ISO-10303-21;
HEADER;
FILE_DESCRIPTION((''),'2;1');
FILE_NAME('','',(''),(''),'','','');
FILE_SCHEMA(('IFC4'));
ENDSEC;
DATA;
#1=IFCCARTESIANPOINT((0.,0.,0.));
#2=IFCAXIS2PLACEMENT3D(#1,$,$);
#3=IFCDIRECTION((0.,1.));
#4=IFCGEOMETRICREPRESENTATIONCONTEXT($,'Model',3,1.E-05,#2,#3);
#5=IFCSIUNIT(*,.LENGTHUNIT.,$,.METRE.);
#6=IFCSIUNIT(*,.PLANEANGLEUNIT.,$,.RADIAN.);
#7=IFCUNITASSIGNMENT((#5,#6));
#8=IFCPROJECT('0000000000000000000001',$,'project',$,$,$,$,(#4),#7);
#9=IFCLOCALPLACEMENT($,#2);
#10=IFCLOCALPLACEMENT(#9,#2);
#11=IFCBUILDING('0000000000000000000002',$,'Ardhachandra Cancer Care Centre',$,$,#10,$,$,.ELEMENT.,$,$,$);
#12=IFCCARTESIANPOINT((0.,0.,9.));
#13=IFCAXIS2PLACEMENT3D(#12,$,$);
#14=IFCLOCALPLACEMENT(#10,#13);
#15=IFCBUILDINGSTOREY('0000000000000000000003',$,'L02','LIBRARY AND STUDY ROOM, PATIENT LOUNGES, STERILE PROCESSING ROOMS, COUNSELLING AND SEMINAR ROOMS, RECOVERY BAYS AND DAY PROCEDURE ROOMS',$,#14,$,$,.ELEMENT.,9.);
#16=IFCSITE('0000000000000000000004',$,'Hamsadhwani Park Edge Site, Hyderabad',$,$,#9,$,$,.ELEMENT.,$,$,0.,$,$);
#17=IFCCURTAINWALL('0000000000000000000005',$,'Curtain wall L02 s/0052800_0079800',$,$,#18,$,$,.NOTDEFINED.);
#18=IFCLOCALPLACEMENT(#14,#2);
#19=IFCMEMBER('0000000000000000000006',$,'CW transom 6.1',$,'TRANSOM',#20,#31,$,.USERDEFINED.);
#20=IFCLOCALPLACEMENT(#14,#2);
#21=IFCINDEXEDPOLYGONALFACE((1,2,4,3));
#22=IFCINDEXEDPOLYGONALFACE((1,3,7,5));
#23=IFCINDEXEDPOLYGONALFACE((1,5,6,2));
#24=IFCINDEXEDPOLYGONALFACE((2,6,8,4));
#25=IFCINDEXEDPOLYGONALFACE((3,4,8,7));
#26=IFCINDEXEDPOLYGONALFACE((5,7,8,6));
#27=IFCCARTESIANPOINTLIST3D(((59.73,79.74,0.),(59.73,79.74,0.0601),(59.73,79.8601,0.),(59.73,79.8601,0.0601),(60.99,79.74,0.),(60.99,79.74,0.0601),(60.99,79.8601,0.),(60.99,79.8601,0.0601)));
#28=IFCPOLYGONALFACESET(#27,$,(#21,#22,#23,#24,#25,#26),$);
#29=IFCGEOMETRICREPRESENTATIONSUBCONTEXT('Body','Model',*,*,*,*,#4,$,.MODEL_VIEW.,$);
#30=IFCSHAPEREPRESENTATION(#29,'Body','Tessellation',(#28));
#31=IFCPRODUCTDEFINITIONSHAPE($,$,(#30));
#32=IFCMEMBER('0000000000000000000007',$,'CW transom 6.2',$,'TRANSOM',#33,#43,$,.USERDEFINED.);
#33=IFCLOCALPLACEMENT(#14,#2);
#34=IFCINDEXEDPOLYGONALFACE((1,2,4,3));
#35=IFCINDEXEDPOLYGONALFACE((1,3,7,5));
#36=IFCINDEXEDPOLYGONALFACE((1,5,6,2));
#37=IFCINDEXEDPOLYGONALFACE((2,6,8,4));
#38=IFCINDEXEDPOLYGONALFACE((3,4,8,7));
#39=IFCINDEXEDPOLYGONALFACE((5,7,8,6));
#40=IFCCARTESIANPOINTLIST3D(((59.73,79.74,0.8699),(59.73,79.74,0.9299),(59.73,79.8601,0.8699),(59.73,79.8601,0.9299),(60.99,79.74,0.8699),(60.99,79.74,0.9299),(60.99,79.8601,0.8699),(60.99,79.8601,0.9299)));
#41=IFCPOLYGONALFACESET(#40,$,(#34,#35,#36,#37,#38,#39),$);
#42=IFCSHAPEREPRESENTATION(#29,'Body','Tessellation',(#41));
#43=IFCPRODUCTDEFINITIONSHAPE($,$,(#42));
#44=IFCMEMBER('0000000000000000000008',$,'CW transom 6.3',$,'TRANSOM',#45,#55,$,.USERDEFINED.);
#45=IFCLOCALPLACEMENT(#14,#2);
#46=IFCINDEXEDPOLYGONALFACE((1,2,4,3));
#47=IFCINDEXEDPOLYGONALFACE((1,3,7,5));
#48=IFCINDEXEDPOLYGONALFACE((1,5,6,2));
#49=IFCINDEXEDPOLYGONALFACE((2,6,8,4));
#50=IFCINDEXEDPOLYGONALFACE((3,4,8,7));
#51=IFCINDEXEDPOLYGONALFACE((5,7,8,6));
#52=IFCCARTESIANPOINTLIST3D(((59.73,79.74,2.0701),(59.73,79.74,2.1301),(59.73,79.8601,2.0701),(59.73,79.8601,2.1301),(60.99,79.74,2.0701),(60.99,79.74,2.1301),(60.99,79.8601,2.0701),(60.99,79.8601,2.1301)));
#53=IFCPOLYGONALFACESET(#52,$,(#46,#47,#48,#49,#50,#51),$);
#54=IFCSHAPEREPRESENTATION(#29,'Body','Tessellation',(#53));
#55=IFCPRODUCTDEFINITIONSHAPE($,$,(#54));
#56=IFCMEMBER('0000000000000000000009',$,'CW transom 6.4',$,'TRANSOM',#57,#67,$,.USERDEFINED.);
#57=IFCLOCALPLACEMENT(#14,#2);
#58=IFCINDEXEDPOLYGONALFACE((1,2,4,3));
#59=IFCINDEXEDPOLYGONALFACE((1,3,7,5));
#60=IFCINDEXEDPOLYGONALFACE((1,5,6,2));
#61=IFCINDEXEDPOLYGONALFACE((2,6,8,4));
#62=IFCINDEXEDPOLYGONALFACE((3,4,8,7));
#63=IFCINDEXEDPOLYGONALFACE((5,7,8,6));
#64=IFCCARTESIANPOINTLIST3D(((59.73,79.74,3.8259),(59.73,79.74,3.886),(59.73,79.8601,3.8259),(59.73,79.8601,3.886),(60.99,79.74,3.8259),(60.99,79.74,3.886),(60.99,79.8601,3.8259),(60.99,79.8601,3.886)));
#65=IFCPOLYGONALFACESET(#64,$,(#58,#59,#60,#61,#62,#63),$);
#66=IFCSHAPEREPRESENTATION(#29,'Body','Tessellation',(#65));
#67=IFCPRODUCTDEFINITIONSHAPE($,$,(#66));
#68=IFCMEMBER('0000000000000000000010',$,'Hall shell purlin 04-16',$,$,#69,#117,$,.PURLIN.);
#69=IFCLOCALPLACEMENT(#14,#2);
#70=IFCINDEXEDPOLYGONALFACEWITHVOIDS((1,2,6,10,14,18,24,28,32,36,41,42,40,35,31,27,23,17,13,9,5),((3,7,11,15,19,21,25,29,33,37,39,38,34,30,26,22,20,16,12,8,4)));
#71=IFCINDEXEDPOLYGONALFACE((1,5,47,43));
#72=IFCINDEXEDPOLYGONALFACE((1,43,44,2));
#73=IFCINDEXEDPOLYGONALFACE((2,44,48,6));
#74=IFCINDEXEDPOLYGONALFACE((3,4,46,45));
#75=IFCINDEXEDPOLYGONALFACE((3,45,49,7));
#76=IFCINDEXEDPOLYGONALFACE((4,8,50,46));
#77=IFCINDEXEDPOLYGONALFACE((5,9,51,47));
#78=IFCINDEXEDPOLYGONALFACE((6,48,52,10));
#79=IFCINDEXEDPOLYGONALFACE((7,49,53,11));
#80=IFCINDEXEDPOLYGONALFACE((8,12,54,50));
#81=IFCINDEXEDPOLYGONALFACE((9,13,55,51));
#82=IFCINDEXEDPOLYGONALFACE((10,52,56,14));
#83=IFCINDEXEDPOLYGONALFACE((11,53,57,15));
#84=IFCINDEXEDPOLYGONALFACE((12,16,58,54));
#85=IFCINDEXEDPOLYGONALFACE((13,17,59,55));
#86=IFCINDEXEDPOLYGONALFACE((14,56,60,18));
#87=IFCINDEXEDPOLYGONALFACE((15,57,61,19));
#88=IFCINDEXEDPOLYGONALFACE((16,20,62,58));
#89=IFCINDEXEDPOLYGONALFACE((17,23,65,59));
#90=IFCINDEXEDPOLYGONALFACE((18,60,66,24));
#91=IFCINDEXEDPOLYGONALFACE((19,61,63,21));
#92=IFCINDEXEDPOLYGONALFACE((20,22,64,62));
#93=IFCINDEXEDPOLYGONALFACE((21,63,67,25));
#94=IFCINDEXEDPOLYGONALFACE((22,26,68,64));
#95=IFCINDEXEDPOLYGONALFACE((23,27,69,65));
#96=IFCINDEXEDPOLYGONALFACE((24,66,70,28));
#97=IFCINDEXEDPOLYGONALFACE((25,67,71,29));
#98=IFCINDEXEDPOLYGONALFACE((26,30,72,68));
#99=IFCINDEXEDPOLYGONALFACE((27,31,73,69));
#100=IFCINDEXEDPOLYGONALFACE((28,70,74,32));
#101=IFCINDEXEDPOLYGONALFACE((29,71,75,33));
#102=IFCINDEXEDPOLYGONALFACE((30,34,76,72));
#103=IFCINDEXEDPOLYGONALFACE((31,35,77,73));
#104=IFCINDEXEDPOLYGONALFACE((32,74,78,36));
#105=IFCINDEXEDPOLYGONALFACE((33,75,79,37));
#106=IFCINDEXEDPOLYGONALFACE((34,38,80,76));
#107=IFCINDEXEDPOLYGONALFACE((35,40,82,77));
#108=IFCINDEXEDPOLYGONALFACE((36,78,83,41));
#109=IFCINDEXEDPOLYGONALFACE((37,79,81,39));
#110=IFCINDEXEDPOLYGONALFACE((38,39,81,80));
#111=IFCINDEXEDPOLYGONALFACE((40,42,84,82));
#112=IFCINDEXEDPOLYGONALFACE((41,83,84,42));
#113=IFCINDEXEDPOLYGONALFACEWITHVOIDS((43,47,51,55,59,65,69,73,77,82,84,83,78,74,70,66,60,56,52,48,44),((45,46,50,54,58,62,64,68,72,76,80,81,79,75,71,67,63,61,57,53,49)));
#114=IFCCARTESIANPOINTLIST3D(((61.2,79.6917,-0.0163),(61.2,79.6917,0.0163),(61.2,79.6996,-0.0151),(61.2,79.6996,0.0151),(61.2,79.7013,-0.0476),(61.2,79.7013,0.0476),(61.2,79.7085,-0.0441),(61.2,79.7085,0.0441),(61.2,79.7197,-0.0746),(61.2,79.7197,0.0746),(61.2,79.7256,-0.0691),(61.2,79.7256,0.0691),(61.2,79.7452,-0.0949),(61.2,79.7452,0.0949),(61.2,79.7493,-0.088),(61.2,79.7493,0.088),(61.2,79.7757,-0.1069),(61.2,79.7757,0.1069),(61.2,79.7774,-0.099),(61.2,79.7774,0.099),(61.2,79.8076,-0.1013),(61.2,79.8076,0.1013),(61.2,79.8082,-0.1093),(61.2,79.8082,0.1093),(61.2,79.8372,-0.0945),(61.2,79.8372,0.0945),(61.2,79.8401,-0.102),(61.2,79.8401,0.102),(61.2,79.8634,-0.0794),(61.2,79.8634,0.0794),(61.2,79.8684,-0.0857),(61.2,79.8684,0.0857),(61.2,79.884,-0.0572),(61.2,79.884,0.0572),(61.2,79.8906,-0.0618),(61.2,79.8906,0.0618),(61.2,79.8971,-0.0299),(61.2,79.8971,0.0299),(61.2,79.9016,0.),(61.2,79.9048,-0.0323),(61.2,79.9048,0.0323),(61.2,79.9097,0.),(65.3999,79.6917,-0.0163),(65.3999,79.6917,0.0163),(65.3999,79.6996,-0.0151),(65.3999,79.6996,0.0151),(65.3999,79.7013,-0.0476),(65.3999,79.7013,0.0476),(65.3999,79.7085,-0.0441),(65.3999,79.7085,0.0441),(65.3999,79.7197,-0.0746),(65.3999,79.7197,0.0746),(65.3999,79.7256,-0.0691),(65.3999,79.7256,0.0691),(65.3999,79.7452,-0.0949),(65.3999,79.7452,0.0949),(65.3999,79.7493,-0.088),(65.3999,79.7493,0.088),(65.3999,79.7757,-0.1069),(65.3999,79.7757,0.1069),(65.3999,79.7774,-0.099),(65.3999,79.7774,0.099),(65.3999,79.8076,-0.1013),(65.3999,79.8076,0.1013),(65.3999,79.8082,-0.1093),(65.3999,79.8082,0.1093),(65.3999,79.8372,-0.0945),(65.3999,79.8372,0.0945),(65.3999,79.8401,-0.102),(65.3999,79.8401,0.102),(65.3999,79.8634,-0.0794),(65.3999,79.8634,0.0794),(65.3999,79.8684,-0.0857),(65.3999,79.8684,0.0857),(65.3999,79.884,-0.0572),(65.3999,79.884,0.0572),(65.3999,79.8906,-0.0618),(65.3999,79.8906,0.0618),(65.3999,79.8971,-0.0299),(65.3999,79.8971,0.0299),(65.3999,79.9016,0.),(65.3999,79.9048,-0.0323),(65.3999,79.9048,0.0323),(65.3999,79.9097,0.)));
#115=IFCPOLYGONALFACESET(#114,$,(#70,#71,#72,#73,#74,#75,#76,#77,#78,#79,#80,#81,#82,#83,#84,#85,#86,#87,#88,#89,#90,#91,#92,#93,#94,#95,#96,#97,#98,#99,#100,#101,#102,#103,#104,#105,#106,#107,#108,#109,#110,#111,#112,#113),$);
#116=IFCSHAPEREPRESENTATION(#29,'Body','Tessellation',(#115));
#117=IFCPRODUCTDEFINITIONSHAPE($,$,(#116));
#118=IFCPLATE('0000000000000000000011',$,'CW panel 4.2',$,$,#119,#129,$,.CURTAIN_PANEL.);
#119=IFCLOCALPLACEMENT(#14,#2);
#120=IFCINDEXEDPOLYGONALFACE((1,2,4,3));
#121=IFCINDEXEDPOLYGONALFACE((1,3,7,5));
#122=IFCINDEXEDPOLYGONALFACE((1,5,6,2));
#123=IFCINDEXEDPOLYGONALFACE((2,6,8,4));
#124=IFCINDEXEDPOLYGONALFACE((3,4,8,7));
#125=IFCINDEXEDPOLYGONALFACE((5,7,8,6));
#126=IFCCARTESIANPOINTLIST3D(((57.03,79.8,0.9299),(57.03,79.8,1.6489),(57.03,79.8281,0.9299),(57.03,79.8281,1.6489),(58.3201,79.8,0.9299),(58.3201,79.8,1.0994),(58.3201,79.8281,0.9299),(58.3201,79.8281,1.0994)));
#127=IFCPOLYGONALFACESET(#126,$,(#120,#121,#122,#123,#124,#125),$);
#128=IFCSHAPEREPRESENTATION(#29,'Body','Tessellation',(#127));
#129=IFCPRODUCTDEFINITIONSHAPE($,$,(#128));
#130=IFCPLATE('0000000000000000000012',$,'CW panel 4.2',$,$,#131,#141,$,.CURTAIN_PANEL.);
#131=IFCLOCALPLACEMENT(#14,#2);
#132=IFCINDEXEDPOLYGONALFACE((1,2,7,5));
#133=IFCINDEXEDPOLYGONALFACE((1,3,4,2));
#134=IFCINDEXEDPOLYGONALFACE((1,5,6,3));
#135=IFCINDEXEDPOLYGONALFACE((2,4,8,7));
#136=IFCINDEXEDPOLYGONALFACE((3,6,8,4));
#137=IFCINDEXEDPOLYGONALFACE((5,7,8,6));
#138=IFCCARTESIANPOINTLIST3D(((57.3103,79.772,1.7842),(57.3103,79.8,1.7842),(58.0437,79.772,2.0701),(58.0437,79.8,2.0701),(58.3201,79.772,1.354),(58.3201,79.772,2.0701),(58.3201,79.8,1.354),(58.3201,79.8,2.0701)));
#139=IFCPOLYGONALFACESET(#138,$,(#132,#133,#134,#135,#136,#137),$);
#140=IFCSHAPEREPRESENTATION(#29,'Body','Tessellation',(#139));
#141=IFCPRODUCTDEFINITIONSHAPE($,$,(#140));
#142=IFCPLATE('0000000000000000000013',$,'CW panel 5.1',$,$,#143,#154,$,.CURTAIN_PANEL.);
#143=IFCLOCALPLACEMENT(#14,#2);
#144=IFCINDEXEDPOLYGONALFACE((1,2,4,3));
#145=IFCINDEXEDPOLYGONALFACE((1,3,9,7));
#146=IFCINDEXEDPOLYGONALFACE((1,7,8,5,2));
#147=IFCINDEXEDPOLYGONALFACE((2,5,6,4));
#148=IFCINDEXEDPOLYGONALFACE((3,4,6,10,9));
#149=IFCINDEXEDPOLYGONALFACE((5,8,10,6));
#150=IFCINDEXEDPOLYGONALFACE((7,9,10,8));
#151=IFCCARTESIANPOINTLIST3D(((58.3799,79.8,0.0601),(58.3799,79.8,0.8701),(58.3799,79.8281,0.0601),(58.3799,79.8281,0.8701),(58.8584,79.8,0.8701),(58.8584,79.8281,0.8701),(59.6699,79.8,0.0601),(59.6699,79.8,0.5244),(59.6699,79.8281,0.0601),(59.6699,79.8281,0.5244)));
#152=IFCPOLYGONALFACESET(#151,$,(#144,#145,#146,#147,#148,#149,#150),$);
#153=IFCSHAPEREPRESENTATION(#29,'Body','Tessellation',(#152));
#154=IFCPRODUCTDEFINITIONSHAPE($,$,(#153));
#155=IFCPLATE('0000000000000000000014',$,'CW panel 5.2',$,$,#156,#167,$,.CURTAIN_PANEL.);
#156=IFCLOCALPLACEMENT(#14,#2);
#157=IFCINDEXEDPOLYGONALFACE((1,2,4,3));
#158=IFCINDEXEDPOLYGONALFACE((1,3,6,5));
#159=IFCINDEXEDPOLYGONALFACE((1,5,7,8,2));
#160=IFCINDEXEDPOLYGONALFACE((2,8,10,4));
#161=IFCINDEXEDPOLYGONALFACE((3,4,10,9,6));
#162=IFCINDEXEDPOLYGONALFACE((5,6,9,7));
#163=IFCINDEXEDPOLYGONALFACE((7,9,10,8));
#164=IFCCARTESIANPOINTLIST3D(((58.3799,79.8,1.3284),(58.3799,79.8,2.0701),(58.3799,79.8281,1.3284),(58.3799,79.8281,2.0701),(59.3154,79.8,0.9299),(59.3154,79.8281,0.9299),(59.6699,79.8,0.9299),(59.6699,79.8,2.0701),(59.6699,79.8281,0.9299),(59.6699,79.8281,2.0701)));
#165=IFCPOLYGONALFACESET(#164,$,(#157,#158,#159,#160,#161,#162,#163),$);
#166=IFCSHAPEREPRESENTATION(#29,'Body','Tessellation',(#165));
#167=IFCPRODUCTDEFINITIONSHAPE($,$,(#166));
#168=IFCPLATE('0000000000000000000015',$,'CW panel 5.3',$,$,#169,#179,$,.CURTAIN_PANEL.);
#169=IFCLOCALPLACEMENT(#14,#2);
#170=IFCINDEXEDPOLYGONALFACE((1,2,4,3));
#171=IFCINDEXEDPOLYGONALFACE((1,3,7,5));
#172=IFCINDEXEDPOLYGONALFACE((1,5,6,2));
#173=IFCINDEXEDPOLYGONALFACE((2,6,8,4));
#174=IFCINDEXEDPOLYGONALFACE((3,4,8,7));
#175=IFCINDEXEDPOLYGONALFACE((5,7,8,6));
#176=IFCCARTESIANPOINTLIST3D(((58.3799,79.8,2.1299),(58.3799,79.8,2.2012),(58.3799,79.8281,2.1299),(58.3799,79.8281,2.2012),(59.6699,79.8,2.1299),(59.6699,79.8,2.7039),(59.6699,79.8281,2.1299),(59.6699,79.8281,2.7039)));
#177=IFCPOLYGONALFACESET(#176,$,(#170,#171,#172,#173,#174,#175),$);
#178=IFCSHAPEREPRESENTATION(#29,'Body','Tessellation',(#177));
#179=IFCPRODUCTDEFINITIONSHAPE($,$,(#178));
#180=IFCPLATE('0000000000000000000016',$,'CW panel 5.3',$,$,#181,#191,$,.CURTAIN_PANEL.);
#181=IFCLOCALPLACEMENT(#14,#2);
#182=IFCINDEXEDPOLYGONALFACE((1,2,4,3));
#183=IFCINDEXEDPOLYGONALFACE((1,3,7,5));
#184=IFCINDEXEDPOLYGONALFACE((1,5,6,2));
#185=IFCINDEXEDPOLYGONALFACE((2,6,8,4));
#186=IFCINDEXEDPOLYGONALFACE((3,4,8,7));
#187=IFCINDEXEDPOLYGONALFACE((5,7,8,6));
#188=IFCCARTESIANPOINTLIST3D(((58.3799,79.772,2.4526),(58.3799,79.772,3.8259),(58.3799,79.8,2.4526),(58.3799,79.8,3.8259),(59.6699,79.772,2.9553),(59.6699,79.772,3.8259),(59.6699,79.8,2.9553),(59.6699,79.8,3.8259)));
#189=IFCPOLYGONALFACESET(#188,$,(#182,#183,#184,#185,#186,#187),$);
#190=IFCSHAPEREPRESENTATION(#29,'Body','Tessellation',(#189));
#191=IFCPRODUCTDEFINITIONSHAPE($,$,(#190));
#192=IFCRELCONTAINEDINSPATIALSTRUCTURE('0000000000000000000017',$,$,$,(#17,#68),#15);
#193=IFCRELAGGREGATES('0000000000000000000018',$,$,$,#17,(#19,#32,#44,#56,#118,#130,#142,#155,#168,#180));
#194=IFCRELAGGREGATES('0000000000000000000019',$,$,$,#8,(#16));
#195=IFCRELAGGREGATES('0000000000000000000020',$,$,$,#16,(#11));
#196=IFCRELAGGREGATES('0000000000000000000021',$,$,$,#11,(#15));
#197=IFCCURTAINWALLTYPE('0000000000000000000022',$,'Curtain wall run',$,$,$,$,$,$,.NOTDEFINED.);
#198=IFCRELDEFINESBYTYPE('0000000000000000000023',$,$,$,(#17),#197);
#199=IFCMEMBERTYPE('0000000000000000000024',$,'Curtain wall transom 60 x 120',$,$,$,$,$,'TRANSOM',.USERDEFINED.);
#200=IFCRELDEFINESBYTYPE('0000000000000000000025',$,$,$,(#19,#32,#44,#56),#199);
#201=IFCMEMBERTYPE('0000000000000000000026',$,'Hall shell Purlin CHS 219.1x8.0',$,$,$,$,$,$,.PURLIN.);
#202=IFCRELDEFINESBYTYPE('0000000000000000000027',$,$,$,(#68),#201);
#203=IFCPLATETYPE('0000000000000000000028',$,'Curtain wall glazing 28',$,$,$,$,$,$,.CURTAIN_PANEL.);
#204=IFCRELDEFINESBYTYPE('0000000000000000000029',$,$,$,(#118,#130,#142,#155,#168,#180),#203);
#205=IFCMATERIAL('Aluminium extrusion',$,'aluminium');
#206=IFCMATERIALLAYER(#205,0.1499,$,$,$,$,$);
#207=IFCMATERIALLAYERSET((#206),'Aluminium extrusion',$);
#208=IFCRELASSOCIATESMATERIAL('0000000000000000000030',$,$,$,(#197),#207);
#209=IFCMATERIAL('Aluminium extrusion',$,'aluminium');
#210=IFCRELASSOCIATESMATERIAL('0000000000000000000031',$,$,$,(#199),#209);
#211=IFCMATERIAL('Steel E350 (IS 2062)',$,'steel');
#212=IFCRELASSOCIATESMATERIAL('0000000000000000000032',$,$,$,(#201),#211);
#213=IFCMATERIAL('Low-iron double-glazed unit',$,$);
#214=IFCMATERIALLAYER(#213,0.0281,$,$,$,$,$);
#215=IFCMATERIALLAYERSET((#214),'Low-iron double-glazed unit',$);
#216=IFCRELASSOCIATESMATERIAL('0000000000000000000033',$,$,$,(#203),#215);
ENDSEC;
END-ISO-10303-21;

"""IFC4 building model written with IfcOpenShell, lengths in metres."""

from ifc_helpers import new_model, si_unit, direction, frame, origin, origin_2d, place, context, subcontext, project, spatial, polyline, rectangle, hollow_circle, outline, extrude, material, layer, layer_set, material_profile, profile_set, type_object, element, aggregate, save


model = new_model("IFC4")

# Units and contexts
model_context = context("Model", 3, precision=1e-05, world=origin(), true_north=direction((0.0, 1.0)))
body_context = subcontext(model_context, "Body", "Model", "MODEL_VIEW")
ifc_project = project(units=[si_unit("LENGTHUNIT", "METRE"), si_unit("PLANEANGLEUNIT", "RADIAN")], contexts=[model_context])

# Site, building, storey
site_placement = place(None, origin())
site = spatial("IfcSite", under=ifc_project, at=site_placement, Name="Hamsadhwani Park Edge Site, Hyderabad", CompositionType="ELEMENT", RefElevation=0.0)
building_placement = place(site_placement, origin())
building = spatial("IfcBuilding", under=site, at=building_placement, Name="Ardhachandra Cancer Care Centre", CompositionType="ELEMENT")
storey_placement = place(building_placement, frame((0.0, 0.0, 9.0)))
storey = spatial("IfcBuildingStorey", under=building, at=storey_placement, Name="L02", Description="LIBRARY AND STUDY ROOM, PATIENT LOUNGES, STERILE PROCESSING ROOMS, COUNSELLING AND SEMINAR ROOMS, RECOVERY BAYS AND DAY PROCEDURE ROOMS", CompositionType="ELEMENT", Elevation=9.0)

# Curtain wall, members
ifc_material_1 = material(Name="Aluminium extrusion", Category="aluminium")
ifc_layer_1 = layer(ifc_material_1, 0.1499)
ifc_layer_set_1 = layer_set([ifc_layer_1], Name="Aluminium extrusion")
curtain_wall_type = type_object("IfcCurtainWallType", Name="Curtain wall run", PredefinedType="NOTDEFINED", material=ifc_layer_set_1)
curtain_wall_placement = place(storey_placement, origin())
curtain_wall = element("IfcCurtainWall", 1, at=curtain_wall_placement, inside=storey, type_object=curtain_wall_type, Name="Curtain wall L02 s/0052800_0079800", PredefinedType="NOTDEFINED")
ifc_material_2 = material(Name="Aluminium extrusion", Category="aluminium")
ifc_material_profile_1 = material_profile(ifc_material_2, rectangle(XDim=0.1201, YDim=0.0601, at=origin_2d()), Name="Curtain wall transom 60 x 120")
ifc_profile_set_1 = profile_set([ifc_material_profile_1], Name="Aluminium extrusion")
member_type_1 = type_object("IfcMemberType", Name="Curtain wall transom 60 x 120", ElementType="TRANSOM", PredefinedType="USERDEFINED", material=ifc_profile_set_1)
member_1_placement = place(storey_placement, frame((59.73, 79.8, 0.03), z_axis=(1.0, 0.0, 0.0), x_axis=(0.0, 1.0, 0.0)))
member_1 = element("IfcMember", 2, at=member_1_placement, type_object=member_type_1, Name="CW transom 6.1", ObjectType="TRANSOM", PredefinedType="USERDEFINED", context=body_context, shape_type="SweptSolid", body=[
    extrude(rectangle(XDim=0.1201, YDim=0.0601, at=origin_2d()), origin(), (0.0, 0.0, 1.0), 1.26),
])
member_2_placement = place(storey_placement, frame((59.73, 79.8, 0.8999), z_axis=(1.0, 0.0, 0.0), x_axis=(0.0, 1.0, 0.0)))
member_2 = element("IfcMember", 3, at=member_2_placement, type_object=member_type_1, Name="CW transom 6.2", ObjectType="TRANSOM", PredefinedType="USERDEFINED", context=body_context, shape_type="SweptSolid", body=[
    extrude(rectangle(XDim=0.1201, YDim=0.0601, at=origin_2d()), origin(), (0.0, 0.0, 1.0), 1.26),
])
member_3_placement = place(storey_placement, frame((59.73, 79.8, 2.1001), z_axis=(1.0, 0.0, 0.0), x_axis=(0.0, 1.0, 0.0)))
member_3 = element("IfcMember", 4, at=member_3_placement, type_object=member_type_1, Name="CW transom 6.3", ObjectType="TRANSOM", PredefinedType="USERDEFINED", context=body_context, shape_type="SweptSolid", body=[
    extrude(rectangle(XDim=0.1201, YDim=0.0601, at=origin_2d()), origin(), (0.0, 0.0, 1.0), 1.26),
])
member_4_placement = place(storey_placement, frame((59.73, 79.8, 3.856), z_axis=(1.0, 0.0, 0.0), x_axis=(0.0, 1.0, 0.0)))
member_4 = element("IfcMember", 5, at=member_4_placement, type_object=member_type_1, Name="CW transom 6.4", ObjectType="TRANSOM", PredefinedType="USERDEFINED", context=body_context, shape_type="SweptSolid", body=[
    extrude(rectangle(XDim=0.1201, YDim=0.0601, at=origin_2d()), origin(), (0.0, 0.0, 1.0), 1.26),
])

# Member
ifc_material_3 = material(Name="Steel E350 (IS 2062)", Category="steel")
ifc_material_profile_2 = material_profile(ifc_material_3, hollow_circle(Radius=0.1096, WallThickness=0.0081, at=origin_2d()), Name="CHS 219.1x8.0")
ifc_profile_set_2 = profile_set([ifc_material_profile_2], Name="Steel E350 (IS 2062)")
member_type_2 = type_object("IfcMemberType", Name="Hall shell Purlin CHS 219.1x8.0", PredefinedType="PURLIN", material=ifc_profile_set_2)
member_5_placement = place(storey_placement, frame((61.2, 79.8, 0.0), z_axis=(1.0, 0.0, 0.0), x_axis=(0.0, 1.0, 0.0)))
element("IfcMember", 6, at=member_5_placement, inside=storey, type_object=member_type_2, Name="Hall shell purlin 04-16", PredefinedType="PURLIN", context=body_context, shape_type="SweptSolid", body=[
    extrude(hollow_circle(Radius=0.1096, WallThickness=0.0081, at=origin_2d()), origin(), (0.0, 0.0, 1.0), 4.2),
])

# Plates
ifc_material_4 = material(Name="Low-iron double-glazed unit")
ifc_layer_2 = layer(ifc_material_4, 0.0281)
ifc_layer_set_2 = layer_set([ifc_layer_2], Name="Low-iron double-glazed unit")
plate_type = type_object("IfcPlateType", Name="Curtain wall glazing 28", PredefinedType="CURTAIN_PANEL", material=ifc_layer_set_2)
plate_1_placement = place(storey_placement, frame((58.3201, 79.8, 0.9299), z_axis=(0.0, 1.0, 0.0), x_axis=(-1.0, 0.0, 0.0)))
plate_1 = element("IfcPlate", 7, at=plate_1_placement, type_object=plate_type, Name="CW panel 4.2", PredefinedType="CURTAIN_PANEL", context=body_context, shape_type="SweptSolid", body=[
    extrude(outline(polyline([(0.0, 0.0), (1.29, 0.0), (1.29, 0.719), (0.0, 0.1694), (0.0, 0.0)])), origin(), (0.0, 0.0, 1.0), 0.0281),
])
plate_2_placement = place(storey_placement, frame((58.3201, 79.8, 2.0701), z_axis=(0.0, 1.0, 0.0), x_axis=(0.0, 0.0, -1.0)))
plate_2 = element("IfcPlate", 8, at=plate_2_placement, type_object=plate_type, Name="CW panel 4.2", PredefinedType="CURTAIN_PANEL", context=body_context, shape_type="SweptSolid", body=[
    extrude(outline(polyline([(0.0, 0.0), (0.7161, 0.0), (0.2859, 1.0098), (0.0, 0.2764), (0.0, 0.0)])), frame((0.0, 0.0, -0.0281)), (0.0, 0.0, 1.0), 0.0281),
])
plate_3_placement = place(storey_placement, frame((59.6699, 79.8, 0.0601), z_axis=(0.0, 1.0, 0.0), x_axis=(-1.0, 0.0, 0.0)))
plate_3 = element("IfcPlate", 9, at=plate_3_placement, type_object=plate_type, Name="CW panel 5.1", PredefinedType="CURTAIN_PANEL", context=body_context, shape_type="SweptSolid", body=[
    extrude(outline(polyline([(0.0, 0.0), (1.29, 0.0), (1.29, 0.8101), (0.8115, 0.8101), (0.0, 0.4644), (0.0, 0.0)])), origin(), (0.0, 0.0, 1.0), 0.0281),
])
plate_4_placement = place(storey_placement, frame((58.3799, 79.8, 2.0701), z_axis=(0.0, 1.0, 0.0), x_axis=(1.0, 0.0, 0.0)))
plate_4 = element("IfcPlate", 10, at=plate_4_placement, type_object=plate_type, Name="CW panel 5.2", PredefinedType="CURTAIN_PANEL", context=body_context, shape_type="SweptSolid", body=[
    extrude(outline(polyline([(0.0, 0.0), (1.29, 0.0), (1.29, 1.1401), (0.9355, 1.1401), (0.0, 0.7417), (0.0, 0.0)])), origin(), (0.0, 0.0, 1.0), 0.0281),
])
plate_5_placement = place(storey_placement, frame((59.6699, 79.8, 2.1299), z_axis=(0.0, 1.0, 0.0), x_axis=(-1.0, 0.0, 0.0)))
plate_5 = element("IfcPlate", 11, at=plate_5_placement, type_object=plate_type, Name="CW panel 5.3", PredefinedType="CURTAIN_PANEL", context=body_context, shape_type="SweptSolid", body=[
    extrude(outline(polyline([(0.0, 0.0), (1.29, 0.0), (1.29, 0.0713), (0.0, 0.574), (0.0, 0.0)])), origin(), (0.0, 0.0, 1.0), 0.0281),
])
plate_6_placement = place(storey_placement, frame((58.3799, 79.8, 3.8259), z_axis=(0.0, 1.0, 0.0), x_axis=(1.0, 0.0, 0.0)))
plate_6 = element("IfcPlate", 12, at=plate_6_placement, type_object=plate_type, Name="CW panel 5.3", PredefinedType="CURTAIN_PANEL", context=body_context, shape_type="SweptSolid", body=[
    extrude(outline(polyline([(0.0, 0.0), (1.29, 0.0), (1.29, 0.8706), (0.0, 1.3733), (0.0, 0.0)])), frame((0.0, 0.0, -0.0281)), (0.0, 0.0, 1.0), 0.0281),
])
aggregate(curtain_wall, [member_1, member_2, member_3, member_4, plate_1, plate_2, plate_3, plate_4, plate_5, plate_6])

save(model, "model.ifc")
